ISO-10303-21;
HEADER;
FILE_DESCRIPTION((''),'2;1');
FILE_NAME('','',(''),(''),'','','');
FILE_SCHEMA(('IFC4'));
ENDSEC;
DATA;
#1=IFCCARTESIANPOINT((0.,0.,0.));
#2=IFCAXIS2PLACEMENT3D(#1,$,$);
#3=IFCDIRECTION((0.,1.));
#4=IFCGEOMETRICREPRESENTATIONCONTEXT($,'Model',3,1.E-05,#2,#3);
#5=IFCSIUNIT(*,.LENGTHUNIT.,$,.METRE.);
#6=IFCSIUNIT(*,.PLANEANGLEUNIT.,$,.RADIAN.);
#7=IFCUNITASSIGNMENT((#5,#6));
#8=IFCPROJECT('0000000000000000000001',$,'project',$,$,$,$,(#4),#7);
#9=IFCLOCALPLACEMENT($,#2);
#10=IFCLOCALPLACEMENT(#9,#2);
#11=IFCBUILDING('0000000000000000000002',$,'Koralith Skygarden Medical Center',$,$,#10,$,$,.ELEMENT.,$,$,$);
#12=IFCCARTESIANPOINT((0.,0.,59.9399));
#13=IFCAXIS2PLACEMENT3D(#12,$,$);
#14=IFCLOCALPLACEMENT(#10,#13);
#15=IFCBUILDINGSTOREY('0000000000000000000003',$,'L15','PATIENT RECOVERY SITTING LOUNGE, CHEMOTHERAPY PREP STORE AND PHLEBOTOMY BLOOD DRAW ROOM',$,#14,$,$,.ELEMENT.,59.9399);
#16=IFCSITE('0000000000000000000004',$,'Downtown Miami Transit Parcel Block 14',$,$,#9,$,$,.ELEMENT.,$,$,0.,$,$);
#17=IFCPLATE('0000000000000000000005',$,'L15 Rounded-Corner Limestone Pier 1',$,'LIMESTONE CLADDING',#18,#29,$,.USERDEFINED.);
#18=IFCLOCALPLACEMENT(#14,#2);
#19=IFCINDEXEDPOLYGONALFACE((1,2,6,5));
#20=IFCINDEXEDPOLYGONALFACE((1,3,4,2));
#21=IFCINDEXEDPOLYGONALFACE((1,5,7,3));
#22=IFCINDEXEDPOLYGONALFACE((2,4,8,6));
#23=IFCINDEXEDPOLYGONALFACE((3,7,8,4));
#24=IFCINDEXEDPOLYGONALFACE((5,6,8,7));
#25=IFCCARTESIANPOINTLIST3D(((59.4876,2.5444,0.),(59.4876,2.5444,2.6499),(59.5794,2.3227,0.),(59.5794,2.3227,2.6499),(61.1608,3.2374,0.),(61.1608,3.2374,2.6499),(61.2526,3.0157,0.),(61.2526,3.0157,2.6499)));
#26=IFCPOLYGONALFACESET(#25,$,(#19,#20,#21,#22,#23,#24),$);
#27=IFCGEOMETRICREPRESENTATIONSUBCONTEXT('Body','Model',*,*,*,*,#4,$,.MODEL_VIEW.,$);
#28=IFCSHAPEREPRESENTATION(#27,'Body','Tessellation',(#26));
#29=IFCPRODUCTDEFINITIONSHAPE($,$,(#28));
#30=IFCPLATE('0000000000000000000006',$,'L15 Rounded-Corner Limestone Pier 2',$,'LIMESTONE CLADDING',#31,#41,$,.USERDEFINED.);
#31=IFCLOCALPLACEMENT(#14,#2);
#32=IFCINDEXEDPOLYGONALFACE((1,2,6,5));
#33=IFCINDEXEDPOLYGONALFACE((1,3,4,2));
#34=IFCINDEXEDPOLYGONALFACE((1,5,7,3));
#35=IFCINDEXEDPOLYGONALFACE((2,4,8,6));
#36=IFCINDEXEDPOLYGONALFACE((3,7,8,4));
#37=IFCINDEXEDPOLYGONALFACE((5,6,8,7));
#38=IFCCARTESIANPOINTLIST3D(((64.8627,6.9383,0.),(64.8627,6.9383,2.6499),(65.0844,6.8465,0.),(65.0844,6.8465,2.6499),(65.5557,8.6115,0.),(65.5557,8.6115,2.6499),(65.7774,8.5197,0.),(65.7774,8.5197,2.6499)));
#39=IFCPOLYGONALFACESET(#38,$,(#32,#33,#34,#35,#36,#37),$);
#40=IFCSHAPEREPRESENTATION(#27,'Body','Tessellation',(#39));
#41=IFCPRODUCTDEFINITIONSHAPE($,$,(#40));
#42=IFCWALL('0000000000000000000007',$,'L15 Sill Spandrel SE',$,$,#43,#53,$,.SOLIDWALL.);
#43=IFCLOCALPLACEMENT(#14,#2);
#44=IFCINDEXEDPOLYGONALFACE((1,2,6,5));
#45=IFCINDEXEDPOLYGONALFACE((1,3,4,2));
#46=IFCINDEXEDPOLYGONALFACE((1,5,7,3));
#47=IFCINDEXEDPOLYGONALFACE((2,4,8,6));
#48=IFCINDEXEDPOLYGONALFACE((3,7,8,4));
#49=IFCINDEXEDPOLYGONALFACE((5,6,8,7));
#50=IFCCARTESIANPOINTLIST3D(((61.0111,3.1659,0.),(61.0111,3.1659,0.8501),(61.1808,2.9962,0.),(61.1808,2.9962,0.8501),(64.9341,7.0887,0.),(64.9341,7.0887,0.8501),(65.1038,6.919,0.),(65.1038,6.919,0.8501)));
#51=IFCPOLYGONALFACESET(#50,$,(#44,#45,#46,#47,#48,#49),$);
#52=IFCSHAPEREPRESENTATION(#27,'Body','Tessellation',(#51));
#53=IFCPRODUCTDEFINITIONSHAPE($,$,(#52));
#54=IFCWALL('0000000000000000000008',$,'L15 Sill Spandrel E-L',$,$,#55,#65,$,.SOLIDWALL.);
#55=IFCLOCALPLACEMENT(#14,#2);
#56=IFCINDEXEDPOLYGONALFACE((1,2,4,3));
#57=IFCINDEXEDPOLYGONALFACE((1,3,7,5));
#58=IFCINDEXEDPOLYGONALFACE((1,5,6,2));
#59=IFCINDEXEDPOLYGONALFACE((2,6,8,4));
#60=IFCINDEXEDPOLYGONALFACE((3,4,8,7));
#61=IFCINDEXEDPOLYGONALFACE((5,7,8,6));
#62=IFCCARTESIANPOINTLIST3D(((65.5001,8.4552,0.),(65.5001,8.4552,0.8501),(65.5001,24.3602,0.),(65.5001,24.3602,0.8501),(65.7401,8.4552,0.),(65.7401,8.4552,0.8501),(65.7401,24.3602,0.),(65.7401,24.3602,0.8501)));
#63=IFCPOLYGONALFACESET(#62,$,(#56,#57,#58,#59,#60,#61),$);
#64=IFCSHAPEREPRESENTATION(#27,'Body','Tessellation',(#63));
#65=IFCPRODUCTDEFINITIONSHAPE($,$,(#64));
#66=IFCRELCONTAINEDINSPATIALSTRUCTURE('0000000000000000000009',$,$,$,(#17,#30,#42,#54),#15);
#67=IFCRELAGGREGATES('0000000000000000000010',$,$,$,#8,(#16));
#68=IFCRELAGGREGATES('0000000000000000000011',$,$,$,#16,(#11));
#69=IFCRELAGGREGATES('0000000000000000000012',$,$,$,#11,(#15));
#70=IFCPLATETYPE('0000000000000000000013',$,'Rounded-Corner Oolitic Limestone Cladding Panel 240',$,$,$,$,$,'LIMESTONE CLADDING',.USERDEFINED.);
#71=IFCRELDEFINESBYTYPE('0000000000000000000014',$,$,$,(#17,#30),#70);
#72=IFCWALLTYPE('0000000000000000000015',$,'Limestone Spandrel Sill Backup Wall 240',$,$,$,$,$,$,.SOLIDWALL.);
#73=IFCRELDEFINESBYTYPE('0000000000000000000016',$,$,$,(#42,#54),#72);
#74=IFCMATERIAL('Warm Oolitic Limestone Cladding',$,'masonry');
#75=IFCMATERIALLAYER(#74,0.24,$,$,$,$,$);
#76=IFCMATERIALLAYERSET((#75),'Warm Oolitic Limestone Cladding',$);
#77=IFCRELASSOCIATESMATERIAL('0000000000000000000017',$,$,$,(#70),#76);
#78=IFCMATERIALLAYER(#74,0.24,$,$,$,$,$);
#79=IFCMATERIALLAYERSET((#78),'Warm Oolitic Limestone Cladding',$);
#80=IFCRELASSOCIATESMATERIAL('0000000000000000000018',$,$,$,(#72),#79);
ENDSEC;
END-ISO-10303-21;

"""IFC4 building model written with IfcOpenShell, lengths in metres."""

from ifc_helpers import new_model, si_unit, direction, frame, frame_2d, origin, origin_2d, place, context, subcontext, project, spatial, rectangle, extrude, material, layer, layer_set, type_object, element, save


model = new_model("IFC4")

# Units and contexts
model_context = context("Model", 3, precision=1e-05, world=origin(), true_north=direction((0.0, 1.0)))
body_context = subcontext(model_context, "Body", "Model", "MODEL_VIEW")
ifc_project = project(units=[si_unit("LENGTHUNIT", "METRE"), si_unit("PLANEANGLEUNIT", "RADIAN")], contexts=[model_context])

# Site, building, storey
site_placement = place(None, origin())
site = spatial("IfcSite", under=ifc_project, at=site_placement, Name="Downtown Miami Transit Parcel Block 14", CompositionType="ELEMENT", RefElevation=0.0)
building_placement = place(site_placement, origin())
building = spatial("IfcBuilding", under=site, at=building_placement, Name="Koralith Skygarden Medical Center", CompositionType="ELEMENT")
storey_placement = place(building_placement, frame((0.0, 0.0, 59.9399)))
storey = spatial("IfcBuildingStorey", under=building, at=storey_placement, Name="L15", Description="PATIENT RECOVERY SITTING LOUNGE, CHEMOTHERAPY PREP STORE AND PHLEBOTOMY BLOOD DRAW ROOM", CompositionType="ELEMENT", Elevation=59.9399)

# Plates
ifc_material_1 = material(Name="Warm Oolitic Limestone Cladding", Category="masonry")
ifc_layer_1 = layer(ifc_material_1, 0.24)
ifc_layer_set_1 = layer_set([ifc_layer_1], Name="Warm Oolitic Limestone Cladding")
plate_type_1 = type_object("IfcPlateType", Name="Rounded-Corner Oolitic Limestone Cladding Panel 240", ElementType="LIMESTONE CLADDING", PredefinedType="USERDEFINED", material=ifc_layer_set_1)
for number, where, z_axis, x_axis, name in (
    (1, (60.3701, 2.78, 0.0), (0.0, 0.0, 1.0), (0.923885, 0.382671, 0.0), "L15 Rounded-Corner Limestone Pier 1"),
    (2, (65.3201, 7.729, 0.0), (0.0, 0.0, 1.0), (0.382671, 0.923885, 0.0), "L15 Rounded-Corner Limestone Pier 2"),
):
    element("IfcPlate", number, at=place(storey_placement, frame(where, z_axis=z_axis, x_axis=x_axis)), inside=storey, type_object=plate_type_1, Name=name, ObjectType="LIMESTONE CLADDING", PredefinedType="USERDEFINED", context=body_context, shape_type="SweptSolid", body=[
        extrude(rectangle(XDim=1.811, YDim=0.24, at=origin_2d()), origin(), (0.0, 0.0, 1.0), 2.6499),
    ])

# Walls
ifc_layer_2 = layer(ifc_material_1, 0.24)
ifc_layer_set_2 = layer_set([ifc_layer_2], Name="Warm Oolitic Limestone Cladding")
wall_type = type_object("IfcWallType", Name="Limestone Spandrel Sill Backup Wall 240", PredefinedType="SOLIDWALL", material=ifc_layer_set_2)
wall_1_placement = place(storey_placement, frame((61.0959, 3.0811, 0.0), z_axis=(0.0, 0.0, 1.0), x_axis=(0.707129, 0.707085, 0.0)))
element("IfcWall", 3, at=wall_1_placement, inside=storey, type_object=wall_type, Name="L15 Sill Spandrel SE", PredefinedType="SOLIDWALL", context=body_context, shape_type="SweptSolid", body=[
    extrude(rectangle(XDim=5.5479, YDim=0.24, at=frame_2d((2.7739, 0.0))), origin(), (0.0, 0.0, 1.0), 0.8501),
])
wall_2_placement = place(storey_placement, frame((65.6201, 8.4551, 0.0), z_axis=(0.0, 0.0, 1.0), x_axis=(0.0, 1.0, 0.0)))
element("IfcWall", 4, at=wall_2_placement, inside=storey, type_object=wall_type, Name="L15 Sill Spandrel E-L", PredefinedType="SOLIDWALL", context=body_context, shape_type="SweptSolid", body=[
    extrude(rectangle(XDim=15.905, YDim=0.24, at=frame_2d((7.9526, 0.0))), origin(), (0.0, 0.0, 1.0), 0.8501),
])

save(model, "model.ifc")
